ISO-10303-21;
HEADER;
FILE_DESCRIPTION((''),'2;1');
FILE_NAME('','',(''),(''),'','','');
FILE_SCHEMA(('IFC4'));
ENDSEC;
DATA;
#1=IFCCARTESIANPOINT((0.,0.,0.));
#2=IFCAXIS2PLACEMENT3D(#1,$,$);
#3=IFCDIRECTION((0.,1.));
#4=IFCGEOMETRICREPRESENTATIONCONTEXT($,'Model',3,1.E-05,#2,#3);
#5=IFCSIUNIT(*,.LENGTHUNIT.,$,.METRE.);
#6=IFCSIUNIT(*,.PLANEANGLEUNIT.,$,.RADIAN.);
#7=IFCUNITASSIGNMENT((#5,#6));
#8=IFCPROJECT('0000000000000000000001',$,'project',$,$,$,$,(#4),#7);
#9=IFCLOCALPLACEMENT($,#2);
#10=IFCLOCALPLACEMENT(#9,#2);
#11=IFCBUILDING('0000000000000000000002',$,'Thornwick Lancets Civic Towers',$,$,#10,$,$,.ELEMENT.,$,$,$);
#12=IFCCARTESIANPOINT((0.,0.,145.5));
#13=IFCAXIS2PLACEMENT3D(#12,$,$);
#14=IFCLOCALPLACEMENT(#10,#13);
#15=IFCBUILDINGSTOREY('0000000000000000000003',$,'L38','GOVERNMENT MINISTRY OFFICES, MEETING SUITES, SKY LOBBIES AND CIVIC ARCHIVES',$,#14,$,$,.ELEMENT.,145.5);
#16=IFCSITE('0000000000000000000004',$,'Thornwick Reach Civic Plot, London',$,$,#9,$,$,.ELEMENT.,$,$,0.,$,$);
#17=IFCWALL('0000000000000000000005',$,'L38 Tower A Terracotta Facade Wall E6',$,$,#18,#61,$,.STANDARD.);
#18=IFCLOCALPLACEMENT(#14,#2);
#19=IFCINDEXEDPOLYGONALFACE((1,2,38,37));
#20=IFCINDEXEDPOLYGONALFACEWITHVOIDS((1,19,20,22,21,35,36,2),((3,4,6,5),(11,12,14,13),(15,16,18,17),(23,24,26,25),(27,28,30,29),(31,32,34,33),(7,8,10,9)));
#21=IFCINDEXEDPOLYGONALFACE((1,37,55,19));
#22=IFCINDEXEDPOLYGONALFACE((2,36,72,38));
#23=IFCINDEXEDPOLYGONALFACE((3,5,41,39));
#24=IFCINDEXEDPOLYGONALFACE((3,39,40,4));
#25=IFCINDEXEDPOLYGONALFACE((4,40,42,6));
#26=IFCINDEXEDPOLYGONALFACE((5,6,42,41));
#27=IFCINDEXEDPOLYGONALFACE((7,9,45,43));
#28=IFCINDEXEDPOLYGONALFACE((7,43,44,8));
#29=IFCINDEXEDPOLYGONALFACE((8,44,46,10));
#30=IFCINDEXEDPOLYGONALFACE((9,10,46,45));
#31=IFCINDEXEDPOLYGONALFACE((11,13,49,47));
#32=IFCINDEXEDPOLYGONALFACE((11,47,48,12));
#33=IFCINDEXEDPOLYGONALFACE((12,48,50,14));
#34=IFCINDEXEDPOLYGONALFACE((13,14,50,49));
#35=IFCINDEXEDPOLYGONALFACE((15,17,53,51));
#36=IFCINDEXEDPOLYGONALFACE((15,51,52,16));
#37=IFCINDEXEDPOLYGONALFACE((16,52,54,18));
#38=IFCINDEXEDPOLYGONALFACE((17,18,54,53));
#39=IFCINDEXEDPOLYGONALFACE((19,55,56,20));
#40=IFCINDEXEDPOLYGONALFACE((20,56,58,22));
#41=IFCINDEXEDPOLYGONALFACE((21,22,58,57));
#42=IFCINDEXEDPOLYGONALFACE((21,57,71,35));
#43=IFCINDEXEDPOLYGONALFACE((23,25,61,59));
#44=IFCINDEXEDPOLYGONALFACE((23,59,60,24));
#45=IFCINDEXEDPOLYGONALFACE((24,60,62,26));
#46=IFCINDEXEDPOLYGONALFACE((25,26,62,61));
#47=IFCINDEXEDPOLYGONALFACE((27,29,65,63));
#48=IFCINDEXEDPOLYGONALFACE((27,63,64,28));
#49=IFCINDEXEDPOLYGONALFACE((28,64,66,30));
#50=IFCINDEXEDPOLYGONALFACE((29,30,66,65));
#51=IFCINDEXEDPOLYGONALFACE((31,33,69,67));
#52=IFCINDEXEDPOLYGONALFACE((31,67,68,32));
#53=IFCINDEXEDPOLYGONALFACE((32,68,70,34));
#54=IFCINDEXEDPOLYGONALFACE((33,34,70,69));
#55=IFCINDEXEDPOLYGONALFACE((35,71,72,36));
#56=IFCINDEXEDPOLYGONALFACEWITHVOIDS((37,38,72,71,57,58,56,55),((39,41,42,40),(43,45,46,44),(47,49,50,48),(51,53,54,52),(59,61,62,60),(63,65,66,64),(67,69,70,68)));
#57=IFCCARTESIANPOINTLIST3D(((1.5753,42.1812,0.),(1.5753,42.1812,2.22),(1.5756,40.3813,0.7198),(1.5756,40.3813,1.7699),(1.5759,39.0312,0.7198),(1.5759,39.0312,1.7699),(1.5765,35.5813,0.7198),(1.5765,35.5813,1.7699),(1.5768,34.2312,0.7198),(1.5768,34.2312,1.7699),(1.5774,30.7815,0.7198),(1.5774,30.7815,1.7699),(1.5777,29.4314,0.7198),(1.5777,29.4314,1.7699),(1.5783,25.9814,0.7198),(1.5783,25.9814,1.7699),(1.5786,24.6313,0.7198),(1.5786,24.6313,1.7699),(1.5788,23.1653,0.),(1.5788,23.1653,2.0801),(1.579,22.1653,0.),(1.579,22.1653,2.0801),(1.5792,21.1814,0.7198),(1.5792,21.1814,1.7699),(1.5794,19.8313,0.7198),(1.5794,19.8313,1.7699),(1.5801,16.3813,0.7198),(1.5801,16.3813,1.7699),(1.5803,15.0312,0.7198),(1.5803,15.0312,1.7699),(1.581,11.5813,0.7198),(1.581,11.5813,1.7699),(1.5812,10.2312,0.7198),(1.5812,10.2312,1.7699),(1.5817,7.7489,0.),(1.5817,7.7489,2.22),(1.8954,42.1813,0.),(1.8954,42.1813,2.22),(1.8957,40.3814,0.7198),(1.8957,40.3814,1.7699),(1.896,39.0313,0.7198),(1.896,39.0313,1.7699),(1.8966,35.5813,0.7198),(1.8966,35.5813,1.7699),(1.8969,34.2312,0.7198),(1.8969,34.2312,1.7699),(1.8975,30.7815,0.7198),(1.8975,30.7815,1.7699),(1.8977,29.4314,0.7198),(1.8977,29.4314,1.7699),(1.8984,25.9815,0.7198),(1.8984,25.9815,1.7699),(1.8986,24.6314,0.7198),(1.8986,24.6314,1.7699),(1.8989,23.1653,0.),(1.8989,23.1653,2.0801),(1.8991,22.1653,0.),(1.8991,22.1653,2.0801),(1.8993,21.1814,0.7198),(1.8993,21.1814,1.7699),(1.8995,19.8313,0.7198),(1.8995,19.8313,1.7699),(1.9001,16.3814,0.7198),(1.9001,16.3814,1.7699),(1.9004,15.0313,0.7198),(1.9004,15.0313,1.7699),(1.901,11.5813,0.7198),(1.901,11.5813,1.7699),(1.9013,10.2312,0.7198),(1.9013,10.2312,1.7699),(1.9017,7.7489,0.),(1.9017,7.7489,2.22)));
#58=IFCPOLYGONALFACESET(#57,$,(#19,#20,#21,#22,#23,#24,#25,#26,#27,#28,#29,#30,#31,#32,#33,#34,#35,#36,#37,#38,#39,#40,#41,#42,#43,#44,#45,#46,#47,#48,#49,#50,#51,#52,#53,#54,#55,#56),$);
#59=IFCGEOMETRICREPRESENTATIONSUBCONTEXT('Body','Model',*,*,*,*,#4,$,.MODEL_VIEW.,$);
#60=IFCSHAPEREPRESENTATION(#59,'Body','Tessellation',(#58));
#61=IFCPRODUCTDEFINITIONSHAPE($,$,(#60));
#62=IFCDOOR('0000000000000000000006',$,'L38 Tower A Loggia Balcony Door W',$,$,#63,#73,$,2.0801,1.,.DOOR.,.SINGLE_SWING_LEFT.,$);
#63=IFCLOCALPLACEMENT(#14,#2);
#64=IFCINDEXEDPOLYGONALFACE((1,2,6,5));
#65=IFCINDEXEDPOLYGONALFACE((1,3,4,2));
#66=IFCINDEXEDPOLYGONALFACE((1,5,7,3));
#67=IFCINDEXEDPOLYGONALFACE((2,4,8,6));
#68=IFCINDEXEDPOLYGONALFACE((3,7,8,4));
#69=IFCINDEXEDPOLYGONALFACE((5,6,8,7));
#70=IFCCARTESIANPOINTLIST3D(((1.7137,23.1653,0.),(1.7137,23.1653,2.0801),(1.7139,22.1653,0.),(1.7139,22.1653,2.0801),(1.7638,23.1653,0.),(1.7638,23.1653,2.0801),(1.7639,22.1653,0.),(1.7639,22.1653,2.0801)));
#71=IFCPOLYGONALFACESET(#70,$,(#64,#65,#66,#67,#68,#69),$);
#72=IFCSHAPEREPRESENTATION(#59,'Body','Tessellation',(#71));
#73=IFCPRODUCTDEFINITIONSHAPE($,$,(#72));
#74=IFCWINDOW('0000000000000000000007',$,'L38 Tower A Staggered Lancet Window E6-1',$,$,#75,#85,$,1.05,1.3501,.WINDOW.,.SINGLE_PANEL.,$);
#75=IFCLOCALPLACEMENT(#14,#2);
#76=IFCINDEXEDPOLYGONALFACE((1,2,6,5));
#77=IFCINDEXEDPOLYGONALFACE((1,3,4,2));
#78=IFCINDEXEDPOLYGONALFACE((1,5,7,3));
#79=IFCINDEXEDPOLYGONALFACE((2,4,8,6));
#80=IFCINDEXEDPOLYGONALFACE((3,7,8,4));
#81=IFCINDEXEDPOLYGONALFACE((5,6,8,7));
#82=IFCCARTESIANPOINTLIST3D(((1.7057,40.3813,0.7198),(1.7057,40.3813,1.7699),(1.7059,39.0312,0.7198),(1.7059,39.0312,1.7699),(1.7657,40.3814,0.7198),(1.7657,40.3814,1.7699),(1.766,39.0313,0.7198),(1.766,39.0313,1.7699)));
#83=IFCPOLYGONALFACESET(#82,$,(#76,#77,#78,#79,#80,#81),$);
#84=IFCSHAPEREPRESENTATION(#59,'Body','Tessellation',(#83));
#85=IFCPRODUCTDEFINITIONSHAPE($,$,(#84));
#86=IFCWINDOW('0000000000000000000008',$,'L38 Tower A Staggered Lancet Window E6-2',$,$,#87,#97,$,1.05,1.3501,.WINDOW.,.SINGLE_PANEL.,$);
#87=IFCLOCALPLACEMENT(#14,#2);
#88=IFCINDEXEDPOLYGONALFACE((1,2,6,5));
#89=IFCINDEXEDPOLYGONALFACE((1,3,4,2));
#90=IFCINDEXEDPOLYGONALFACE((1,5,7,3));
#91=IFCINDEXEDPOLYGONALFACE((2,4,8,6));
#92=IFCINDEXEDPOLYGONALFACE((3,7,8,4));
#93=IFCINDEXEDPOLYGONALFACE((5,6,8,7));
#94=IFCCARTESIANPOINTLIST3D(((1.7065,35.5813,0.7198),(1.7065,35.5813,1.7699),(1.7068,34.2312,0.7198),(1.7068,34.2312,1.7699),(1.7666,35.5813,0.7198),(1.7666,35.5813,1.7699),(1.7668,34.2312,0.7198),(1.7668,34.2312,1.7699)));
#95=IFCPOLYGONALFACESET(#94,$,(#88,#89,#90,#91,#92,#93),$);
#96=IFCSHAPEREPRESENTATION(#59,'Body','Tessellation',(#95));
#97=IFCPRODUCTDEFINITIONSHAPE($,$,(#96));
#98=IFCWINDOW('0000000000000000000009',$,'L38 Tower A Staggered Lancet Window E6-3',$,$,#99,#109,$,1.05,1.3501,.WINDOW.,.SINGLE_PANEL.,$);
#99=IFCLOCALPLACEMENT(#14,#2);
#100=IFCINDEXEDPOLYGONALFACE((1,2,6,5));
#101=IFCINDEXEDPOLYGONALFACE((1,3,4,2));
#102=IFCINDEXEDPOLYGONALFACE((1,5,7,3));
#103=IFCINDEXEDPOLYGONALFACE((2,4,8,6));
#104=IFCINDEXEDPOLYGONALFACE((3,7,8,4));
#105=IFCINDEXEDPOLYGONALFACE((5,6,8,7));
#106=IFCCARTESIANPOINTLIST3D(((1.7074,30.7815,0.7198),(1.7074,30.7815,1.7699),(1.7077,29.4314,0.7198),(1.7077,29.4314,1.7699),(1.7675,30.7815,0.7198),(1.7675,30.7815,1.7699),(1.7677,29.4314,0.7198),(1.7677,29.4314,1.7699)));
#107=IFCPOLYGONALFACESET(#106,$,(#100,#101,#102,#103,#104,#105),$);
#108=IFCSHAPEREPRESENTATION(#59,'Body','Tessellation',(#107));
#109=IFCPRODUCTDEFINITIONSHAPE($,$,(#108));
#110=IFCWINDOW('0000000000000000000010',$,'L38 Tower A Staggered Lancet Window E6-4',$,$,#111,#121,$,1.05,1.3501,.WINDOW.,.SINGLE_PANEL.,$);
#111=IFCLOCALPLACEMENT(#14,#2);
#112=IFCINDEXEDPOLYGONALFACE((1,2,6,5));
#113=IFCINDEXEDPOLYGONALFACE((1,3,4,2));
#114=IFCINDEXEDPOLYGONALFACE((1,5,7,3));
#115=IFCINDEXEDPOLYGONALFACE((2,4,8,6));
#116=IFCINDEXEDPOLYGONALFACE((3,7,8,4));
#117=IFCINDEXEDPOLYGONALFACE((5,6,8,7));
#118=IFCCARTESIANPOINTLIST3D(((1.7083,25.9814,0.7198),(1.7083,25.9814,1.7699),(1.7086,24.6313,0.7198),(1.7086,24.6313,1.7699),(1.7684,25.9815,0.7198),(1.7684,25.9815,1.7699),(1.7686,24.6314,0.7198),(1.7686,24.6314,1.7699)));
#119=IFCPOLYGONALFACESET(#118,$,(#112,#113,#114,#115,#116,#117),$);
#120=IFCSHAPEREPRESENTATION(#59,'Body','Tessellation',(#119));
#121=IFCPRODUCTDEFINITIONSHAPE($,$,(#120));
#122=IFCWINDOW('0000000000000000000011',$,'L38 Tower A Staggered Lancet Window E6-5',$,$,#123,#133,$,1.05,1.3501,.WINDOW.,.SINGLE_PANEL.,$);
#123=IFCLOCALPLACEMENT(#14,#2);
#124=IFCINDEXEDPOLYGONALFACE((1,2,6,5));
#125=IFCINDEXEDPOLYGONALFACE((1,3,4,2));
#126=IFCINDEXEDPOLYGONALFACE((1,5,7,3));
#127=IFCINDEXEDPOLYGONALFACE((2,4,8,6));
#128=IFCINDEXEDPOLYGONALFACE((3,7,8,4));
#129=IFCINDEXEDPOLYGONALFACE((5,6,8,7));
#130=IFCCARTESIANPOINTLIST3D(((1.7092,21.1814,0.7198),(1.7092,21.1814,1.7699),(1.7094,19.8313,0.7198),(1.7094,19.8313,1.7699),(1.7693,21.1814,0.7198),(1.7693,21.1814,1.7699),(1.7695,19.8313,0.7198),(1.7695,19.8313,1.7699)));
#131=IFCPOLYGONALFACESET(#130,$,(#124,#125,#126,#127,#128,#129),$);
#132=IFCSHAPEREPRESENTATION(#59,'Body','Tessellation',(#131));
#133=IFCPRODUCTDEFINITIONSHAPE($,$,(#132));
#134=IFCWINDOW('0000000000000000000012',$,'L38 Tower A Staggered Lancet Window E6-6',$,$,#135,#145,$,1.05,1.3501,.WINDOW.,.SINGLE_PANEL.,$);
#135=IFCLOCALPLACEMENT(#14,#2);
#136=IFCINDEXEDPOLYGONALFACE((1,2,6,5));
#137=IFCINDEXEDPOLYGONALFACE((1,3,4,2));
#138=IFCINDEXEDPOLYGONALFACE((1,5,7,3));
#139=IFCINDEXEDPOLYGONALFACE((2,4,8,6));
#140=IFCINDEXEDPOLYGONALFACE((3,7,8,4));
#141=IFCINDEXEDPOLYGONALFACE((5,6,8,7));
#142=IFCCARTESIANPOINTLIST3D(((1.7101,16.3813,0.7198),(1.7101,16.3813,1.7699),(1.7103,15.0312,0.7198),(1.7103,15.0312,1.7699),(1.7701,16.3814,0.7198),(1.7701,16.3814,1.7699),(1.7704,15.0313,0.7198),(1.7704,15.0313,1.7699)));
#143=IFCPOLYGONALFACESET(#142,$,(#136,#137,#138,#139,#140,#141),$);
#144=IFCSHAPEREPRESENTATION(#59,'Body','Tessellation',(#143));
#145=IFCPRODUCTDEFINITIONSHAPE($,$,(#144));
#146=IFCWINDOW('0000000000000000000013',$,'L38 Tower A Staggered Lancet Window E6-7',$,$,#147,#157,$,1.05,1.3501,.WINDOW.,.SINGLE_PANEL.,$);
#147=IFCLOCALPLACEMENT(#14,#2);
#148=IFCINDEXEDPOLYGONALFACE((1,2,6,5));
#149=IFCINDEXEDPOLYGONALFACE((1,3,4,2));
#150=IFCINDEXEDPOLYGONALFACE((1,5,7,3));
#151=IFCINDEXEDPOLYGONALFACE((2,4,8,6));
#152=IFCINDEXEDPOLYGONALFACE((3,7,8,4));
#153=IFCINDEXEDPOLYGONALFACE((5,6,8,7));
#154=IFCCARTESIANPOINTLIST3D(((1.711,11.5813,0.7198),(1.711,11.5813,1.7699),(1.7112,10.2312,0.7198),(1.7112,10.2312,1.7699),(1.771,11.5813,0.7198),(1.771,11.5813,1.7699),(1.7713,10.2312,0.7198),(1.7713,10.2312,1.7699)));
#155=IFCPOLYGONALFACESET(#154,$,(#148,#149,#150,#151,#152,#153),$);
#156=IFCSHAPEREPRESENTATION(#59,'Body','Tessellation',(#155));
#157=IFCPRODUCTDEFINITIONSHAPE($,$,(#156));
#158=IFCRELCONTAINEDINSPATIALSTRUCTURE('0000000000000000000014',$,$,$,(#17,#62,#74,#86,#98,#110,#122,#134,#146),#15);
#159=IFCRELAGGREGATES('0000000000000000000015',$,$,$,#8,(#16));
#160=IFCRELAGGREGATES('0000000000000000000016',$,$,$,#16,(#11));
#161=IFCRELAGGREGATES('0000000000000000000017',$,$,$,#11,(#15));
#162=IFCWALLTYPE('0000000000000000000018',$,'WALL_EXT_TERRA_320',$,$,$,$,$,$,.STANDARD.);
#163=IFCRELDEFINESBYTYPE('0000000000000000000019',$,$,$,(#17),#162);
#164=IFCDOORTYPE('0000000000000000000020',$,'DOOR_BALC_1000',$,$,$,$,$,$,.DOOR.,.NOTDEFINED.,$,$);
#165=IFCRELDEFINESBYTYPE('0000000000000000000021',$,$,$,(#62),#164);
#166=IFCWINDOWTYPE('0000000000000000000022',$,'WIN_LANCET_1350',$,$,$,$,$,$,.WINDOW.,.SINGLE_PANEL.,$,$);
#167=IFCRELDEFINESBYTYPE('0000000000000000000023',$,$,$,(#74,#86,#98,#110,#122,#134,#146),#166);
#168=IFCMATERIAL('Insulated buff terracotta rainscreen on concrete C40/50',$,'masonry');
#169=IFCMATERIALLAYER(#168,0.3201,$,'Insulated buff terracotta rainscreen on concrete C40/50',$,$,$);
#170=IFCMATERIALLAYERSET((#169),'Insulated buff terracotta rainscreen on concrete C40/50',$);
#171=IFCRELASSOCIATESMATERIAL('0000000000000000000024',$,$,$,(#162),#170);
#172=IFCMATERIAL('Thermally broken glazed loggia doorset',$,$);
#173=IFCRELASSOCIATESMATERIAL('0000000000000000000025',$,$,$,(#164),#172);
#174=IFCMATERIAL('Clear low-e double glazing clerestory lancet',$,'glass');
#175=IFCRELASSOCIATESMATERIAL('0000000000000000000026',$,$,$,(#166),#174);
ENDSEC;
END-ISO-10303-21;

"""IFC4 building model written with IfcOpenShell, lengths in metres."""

from ifc_helpers import new_model, si_unit, direction, frame, frame_2d, origin, place, context, subcontext, project, spatial, rectangle, extrude, material, layer, layer_set, type_object, element, fill, save


model = new_model("IFC4")

# Units and contexts
model_context = context("Model", 3, precision=1e-05, world=origin(), true_north=direction((0.0, 1.0)))
body_context = subcontext(model_context, "Body", "Model", "MODEL_VIEW")
ifc_project = project(units=[si_unit("LENGTHUNIT", "METRE"), si_unit("PLANEANGLEUNIT", "RADIAN")], contexts=[model_context])

# Site, building, storey
site_placement = place(None, origin())
site = spatial("IfcSite", under=ifc_project, at=site_placement, Name="Thornwick Reach Civic Plot, London", CompositionType="ELEMENT", RefElevation=0.0)
building_placement = place(site_placement, origin())
building = spatial("IfcBuilding", under=site, at=building_placement, Name="Thornwick Lancets Civic Towers", CompositionType="ELEMENT")
storey_placement = place(building_placement, frame((0.0, 0.0, 145.5)))
storey = spatial("IfcBuildingStorey", under=building, at=storey_placement, Name="L38", Description="GOVERNMENT MINISTRY OFFICES, MEETING SUITES, SKY LOBBIES AND CIVIC ARCHIVES", CompositionType="ELEMENT", Elevation=145.5)

# Wall, openings, door, windows
ifc_material_1 = material(Name="Insulated buff terracotta rainscreen on concrete C40/50", Category="masonry")
ifc_layer_1 = layer(ifc_material_1, 0.3201, Name="Insulated buff terracotta rainscreen on concrete C40/50")
ifc_layer_set_1 = layer_set([ifc_layer_1], Name="Insulated buff terracotta rainscreen on concrete C40/50")
wall_type_1 = type_object("IfcWallType", Name="WALL_EXT_TERRA_320", PredefinedType="STANDARD", material=ifc_layer_set_1)
wall_1_placement = place(storey_placement, frame((1.7354, 42.1814, 0.0), z_axis=(0.0, 0.0, 1.0), x_axis=(0.000184, -1.0, 0.0)))
wall_1 = element("IfcWall", 1, at=wall_1_placement, inside=storey, type_object=wall_type_1, Name="L38 Tower A Terracotta Facade Wall E6", PredefinedType="STANDARD", context=body_context, shape_type="SweptSolid", body=[
    extrude(rectangle(XDim=34.4324, YDim=0.3201, at=frame_2d((17.2163, 0.0))), origin(), (0.0, 0.0, 1.0), 2.22),
])
opening_1_placement = place(wall_1_placement, frame((19.0161, 0.0, 0.0)))
opening_1 = element("IfcOpeningElement", 2, at=opening_1_placement, cuts=wall_1, PredefinedType="OPENING", context=body_context, shape_type="SweptSolid", body=[
    extrude(rectangle(XDim=1.0, YDim=2.0801, at=frame_2d((0.5, 1.04))), frame((0.0, 0.1699, 0.0), z_axis=(0.0, -1.0, 0.0), x_axis=(1.0, 0.0, 0.0)), (0.0, 0.0, 1.0), 0.3401),
])
opening_2_placement = place(wall_1_placement, frame((1.8, 0.0, 0.72)))
opening_2 = element("IfcOpeningElement", 3, at=opening_2_placement, cuts=wall_1, PredefinedType="OPENING", context=body_context, shape_type="SweptSolid", body=[
    extrude(rectangle(XDim=1.3501, YDim=1.05, at=frame_2d((0.675, 0.5249))), frame((0.0, 0.1699, 0.0), z_axis=(0.0, -1.0, 0.0), x_axis=(1.0, 0.0, 0.0)), (0.0, 0.0, 1.0), 0.3401),
])
opening_3_placement = place(wall_1_placement, frame((6.6001, 0.0, 0.72)))
opening_3 = element("IfcOpeningElement", 4, at=opening_3_placement, cuts=wall_1, PredefinedType="OPENING", context=body_context, shape_type="SweptSolid", body=[
    extrude(rectangle(XDim=1.3501, YDim=1.05, at=frame_2d((0.675, 0.5249))), frame((0.0, 0.1699, 0.0), z_axis=(0.0, -1.0, 0.0), x_axis=(1.0, 0.0, 0.0)), (0.0, 0.0, 1.0), 0.3401),
])
opening_4_placement = place(wall_1_placement, frame((11.3999, 0.0, 0.72)))
opening_4 = element("IfcOpeningElement", 5, at=opening_4_placement, cuts=wall_1, PredefinedType="OPENING", context=body_context, shape_type="SweptSolid", body=[
    extrude(rectangle(XDim=1.3501, YDim=1.05, at=frame_2d((0.675, 0.5249))), frame((0.0, 0.1699, 0.0), z_axis=(0.0, -1.0, 0.0), x_axis=(1.0, 0.0, 0.0)), (0.0, 0.0, 1.0), 0.3401),
])
opening_5_placement = place(wall_1_placement, frame((16.2, 0.0, 0.72)))
opening_5 = element("IfcOpeningElement", 6, at=opening_5_placement, cuts=wall_1, PredefinedType="OPENING", context=body_context, shape_type="SweptSolid", body=[
    extrude(rectangle(XDim=1.3501, YDim=1.05, at=frame_2d((0.675, 0.5249))), frame((0.0, 0.1699, 0.0), z_axis=(0.0, -1.0, 0.0), x_axis=(1.0, 0.0, 0.0)), (0.0, 0.0, 1.0), 0.3401),
])
opening_6_placement = place(wall_1_placement, frame((21.0, 0.0, 0.72)))
opening_6 = element("IfcOpeningElement", 7, at=opening_6_placement, cuts=wall_1, PredefinedType="OPENING", context=body_context, shape_type="SweptSolid", body=[
    extrude(rectangle(XDim=1.3501, YDim=1.05, at=frame_2d((0.675, 0.5249))), frame((0.0, 0.1699, 0.0), z_axis=(0.0, -1.0, 0.0), x_axis=(1.0, 0.0, 0.0)), (0.0, 0.0, 1.0), 0.3401),
])
opening_7_placement = place(wall_1_placement, frame((25.8, 0.0, 0.72)))
opening_7 = element("IfcOpeningElement", 8, at=opening_7_placement, cuts=wall_1, PredefinedType="OPENING", context=body_context, shape_type="SweptSolid", body=[
    extrude(rectangle(XDim=1.3501, YDim=1.05, at=frame_2d((0.675, 0.5249))), frame((0.0, 0.1699, 0.0), z_axis=(0.0, -1.0, 0.0), x_axis=(1.0, 0.0, 0.0)), (0.0, 0.0, 1.0), 0.3401),
])
opening_8_placement = place(wall_1_placement, frame((30.6001, 0.0, 0.72)))
opening_8 = element("IfcOpeningElement", 9, at=opening_8_placement, cuts=wall_1, PredefinedType="OPENING", context=body_context, shape_type="SweptSolid", body=[
    extrude(rectangle(XDim=1.3501, YDim=1.05, at=frame_2d((0.675, 0.5249))), frame((0.0, 0.1699, 0.0), z_axis=(0.0, -1.0, 0.0), x_axis=(1.0, 0.0, 0.0)), (0.0, 0.0, 1.0), 0.3401),
])
ifc_material_2 = material(Name="Thermally broken glazed loggia doorset")
door_type_1 = type_object("IfcDoorType", Name="DOOR_BALC_1000", OperationType="NOTDEFINED", PredefinedType="DOOR", material=ifc_material_2)
door_1_placement = place(opening_1_placement, origin())
door_1 = element("IfcDoor", 10, at=door_1_placement, inside=storey, type_object=door_type_1, Name="L38 Tower A Loggia Balcony Door W", OperationType="SINGLE_SWING_LEFT", OverallHeight=2.0801, OverallWidth=1.0, PredefinedType="DOOR", context=body_context, shape_type="SweptSolid", body=[
    extrude(rectangle(XDim=1.0, YDim=2.0801, at=frame_2d((0.5, 1.04))), frame((0.0, 0.0249, 0.0), z_axis=(0.0, -1.0, 0.0), x_axis=(1.0, 0.0, 0.0)), (0.0, 0.0, 1.0), 0.05),
])
fill(opening_1, door_1)
ifc_material_3 = material(Name="Clear low-e double glazing clerestory lancet", Category="glass")
window_type = type_object("IfcWindowType", Name="WIN_LANCET_1350", PartitioningType="SINGLE_PANEL", PredefinedType="WINDOW", material=ifc_material_3)
window_1_placement = place(opening_2_placement, origin())
window_1 = element("IfcWindow", 11, at=window_1_placement, inside=storey, type_object=window_type, Name="L38 Tower A Staggered Lancet Window E6-1", OverallHeight=1.05, OverallWidth=1.3501, PartitioningType="SINGLE_PANEL", PredefinedType="WINDOW", context=body_context, shape_type="SweptSolid", body=[
    extrude(rectangle(XDim=1.3501, YDim=1.05, at=frame_2d((0.675, 0.5249))), frame((0.0, 0.03, 0.0), z_axis=(0.0, -1.0, 0.0), x_axis=(1.0, 0.0, 0.0)), (0.0, 0.0, 1.0), 0.0601),
])
fill(opening_2, window_1)
window_2_placement = place(opening_3_placement, origin())
window_2 = element("IfcWindow", 12, at=window_2_placement, inside=storey, type_object=window_type, Name="L38 Tower A Staggered Lancet Window E6-2", OverallHeight=1.05, OverallWidth=1.3501, PartitioningType="SINGLE_PANEL", PredefinedType="WINDOW", context=body_context, shape_type="SweptSolid", body=[
    extrude(rectangle(XDim=1.3501, YDim=1.05, at=frame_2d((0.675, 0.5249))), frame((0.0, 0.03, 0.0), z_axis=(0.0, -1.0, 0.0), x_axis=(1.0, 0.0, 0.0)), (0.0, 0.0, 1.0), 0.0601),
])
fill(opening_3, window_2)
window_3_placement = place(opening_4_placement, origin())
window_3 = element("IfcWindow", 13, at=window_3_placement, inside=storey, type_object=window_type, Name="L38 Tower A Staggered Lancet Window E6-3", OverallHeight=1.05, OverallWidth=1.3501, PartitioningType="SINGLE_PANEL", PredefinedType="WINDOW", context=body_context, shape_type="SweptSolid", body=[
    extrude(rectangle(XDim=1.3501, YDim=1.05, at=frame_2d((0.675, 0.5249))), frame((0.0, 0.03, 0.0), z_axis=(0.0, -1.0, 0.0), x_axis=(1.0, 0.0, 0.0)), (0.0, 0.0, 1.0), 0.0601),
])
fill(opening_4, window_3)
window_4_placement = place(opening_5_placement, origin())
window_4 = element("IfcWindow", 14, at=window_4_placement, inside=storey, type_object=window_type, Name="L38 Tower A Staggered Lancet Window E6-4", OverallHeight=1.05, OverallWidth=1.3501, PartitioningType="SINGLE_PANEL", PredefinedType="WINDOW", context=body_context, shape_type="SweptSolid", body=[
    extrude(rectangle(XDim=1.3501, YDim=1.05, at=frame_2d((0.675, 0.5249))), frame((0.0, 0.03, 0.0), z_axis=(0.0, -1.0, 0.0), x_axis=(1.0, 0.0, 0.0)), (0.0, 0.0, 1.0), 0.0601),
])
fill(opening_5, window_4)
window_5_placement = place(opening_6_placement, origin())
window_5 = element("IfcWindow", 15, at=window_5_placement, inside=storey, type_object=window_type, Name="L38 Tower A Staggered Lancet Window E6-5", OverallHeight=1.05, OverallWidth=1.3501, PartitioningType="SINGLE_PANEL", PredefinedType="WINDOW", context=body_context, shape_type="SweptSolid", body=[
    extrude(rectangle(XDim=1.3501, YDim=1.05, at=frame_2d((0.675, 0.5249))), frame((0.0, 0.03, 0.0), z_axis=(0.0, -1.0, 0.0), x_axis=(1.0, 0.0, 0.0)), (0.0, 0.0, 1.0), 0.0601),
])
fill(opening_6, window_5)
window_6_placement = place(opening_7_placement, origin())
window_6 = element("IfcWindow", 16, at=window_6_placement, inside=storey, type_object=window_type, Name="L38 Tower A Staggered Lancet Window E6-6", OverallHeight=1.05, OverallWidth=1.3501, PartitioningType="SINGLE_PANEL", PredefinedType="WINDOW", context=body_context, shape_type="SweptSolid", body=[
    extrude(rectangle(XDim=1.3501, YDim=1.05, at=frame_2d((0.675, 0.5249))), frame((0.0, 0.03, 0.0), z_axis=(0.0, -1.0, 0.0), x_axis=(1.0, 0.0, 0.0)), (0.0, 0.0, 1.0), 0.0601),
])
fill(opening_7, window_6)
window_7_placement = place(opening_8_placement, origin())
window_7 = element("IfcWindow", 17, at=window_7_placement, inside=storey, type_object=window_type, Name="L38 Tower A Staggered Lancet Window E6-7", OverallHeight=1.05, OverallWidth=1.3501, PartitioningType="SINGLE_PANEL", PredefinedType="WINDOW", context=body_context, shape_type="SweptSolid", body=[
    extrude(rectangle(XDim=1.3501, YDim=1.05, at=frame_2d((0.675, 0.5249))), frame((0.0, 0.03, 0.0), z_axis=(0.0, -1.0, 0.0), x_axis=(1.0, 0.0, 0.0)), (0.0, 0.0, 1.0), 0.0601),
])
fill(opening_8, window_7)

save(model, "model.ifc")
